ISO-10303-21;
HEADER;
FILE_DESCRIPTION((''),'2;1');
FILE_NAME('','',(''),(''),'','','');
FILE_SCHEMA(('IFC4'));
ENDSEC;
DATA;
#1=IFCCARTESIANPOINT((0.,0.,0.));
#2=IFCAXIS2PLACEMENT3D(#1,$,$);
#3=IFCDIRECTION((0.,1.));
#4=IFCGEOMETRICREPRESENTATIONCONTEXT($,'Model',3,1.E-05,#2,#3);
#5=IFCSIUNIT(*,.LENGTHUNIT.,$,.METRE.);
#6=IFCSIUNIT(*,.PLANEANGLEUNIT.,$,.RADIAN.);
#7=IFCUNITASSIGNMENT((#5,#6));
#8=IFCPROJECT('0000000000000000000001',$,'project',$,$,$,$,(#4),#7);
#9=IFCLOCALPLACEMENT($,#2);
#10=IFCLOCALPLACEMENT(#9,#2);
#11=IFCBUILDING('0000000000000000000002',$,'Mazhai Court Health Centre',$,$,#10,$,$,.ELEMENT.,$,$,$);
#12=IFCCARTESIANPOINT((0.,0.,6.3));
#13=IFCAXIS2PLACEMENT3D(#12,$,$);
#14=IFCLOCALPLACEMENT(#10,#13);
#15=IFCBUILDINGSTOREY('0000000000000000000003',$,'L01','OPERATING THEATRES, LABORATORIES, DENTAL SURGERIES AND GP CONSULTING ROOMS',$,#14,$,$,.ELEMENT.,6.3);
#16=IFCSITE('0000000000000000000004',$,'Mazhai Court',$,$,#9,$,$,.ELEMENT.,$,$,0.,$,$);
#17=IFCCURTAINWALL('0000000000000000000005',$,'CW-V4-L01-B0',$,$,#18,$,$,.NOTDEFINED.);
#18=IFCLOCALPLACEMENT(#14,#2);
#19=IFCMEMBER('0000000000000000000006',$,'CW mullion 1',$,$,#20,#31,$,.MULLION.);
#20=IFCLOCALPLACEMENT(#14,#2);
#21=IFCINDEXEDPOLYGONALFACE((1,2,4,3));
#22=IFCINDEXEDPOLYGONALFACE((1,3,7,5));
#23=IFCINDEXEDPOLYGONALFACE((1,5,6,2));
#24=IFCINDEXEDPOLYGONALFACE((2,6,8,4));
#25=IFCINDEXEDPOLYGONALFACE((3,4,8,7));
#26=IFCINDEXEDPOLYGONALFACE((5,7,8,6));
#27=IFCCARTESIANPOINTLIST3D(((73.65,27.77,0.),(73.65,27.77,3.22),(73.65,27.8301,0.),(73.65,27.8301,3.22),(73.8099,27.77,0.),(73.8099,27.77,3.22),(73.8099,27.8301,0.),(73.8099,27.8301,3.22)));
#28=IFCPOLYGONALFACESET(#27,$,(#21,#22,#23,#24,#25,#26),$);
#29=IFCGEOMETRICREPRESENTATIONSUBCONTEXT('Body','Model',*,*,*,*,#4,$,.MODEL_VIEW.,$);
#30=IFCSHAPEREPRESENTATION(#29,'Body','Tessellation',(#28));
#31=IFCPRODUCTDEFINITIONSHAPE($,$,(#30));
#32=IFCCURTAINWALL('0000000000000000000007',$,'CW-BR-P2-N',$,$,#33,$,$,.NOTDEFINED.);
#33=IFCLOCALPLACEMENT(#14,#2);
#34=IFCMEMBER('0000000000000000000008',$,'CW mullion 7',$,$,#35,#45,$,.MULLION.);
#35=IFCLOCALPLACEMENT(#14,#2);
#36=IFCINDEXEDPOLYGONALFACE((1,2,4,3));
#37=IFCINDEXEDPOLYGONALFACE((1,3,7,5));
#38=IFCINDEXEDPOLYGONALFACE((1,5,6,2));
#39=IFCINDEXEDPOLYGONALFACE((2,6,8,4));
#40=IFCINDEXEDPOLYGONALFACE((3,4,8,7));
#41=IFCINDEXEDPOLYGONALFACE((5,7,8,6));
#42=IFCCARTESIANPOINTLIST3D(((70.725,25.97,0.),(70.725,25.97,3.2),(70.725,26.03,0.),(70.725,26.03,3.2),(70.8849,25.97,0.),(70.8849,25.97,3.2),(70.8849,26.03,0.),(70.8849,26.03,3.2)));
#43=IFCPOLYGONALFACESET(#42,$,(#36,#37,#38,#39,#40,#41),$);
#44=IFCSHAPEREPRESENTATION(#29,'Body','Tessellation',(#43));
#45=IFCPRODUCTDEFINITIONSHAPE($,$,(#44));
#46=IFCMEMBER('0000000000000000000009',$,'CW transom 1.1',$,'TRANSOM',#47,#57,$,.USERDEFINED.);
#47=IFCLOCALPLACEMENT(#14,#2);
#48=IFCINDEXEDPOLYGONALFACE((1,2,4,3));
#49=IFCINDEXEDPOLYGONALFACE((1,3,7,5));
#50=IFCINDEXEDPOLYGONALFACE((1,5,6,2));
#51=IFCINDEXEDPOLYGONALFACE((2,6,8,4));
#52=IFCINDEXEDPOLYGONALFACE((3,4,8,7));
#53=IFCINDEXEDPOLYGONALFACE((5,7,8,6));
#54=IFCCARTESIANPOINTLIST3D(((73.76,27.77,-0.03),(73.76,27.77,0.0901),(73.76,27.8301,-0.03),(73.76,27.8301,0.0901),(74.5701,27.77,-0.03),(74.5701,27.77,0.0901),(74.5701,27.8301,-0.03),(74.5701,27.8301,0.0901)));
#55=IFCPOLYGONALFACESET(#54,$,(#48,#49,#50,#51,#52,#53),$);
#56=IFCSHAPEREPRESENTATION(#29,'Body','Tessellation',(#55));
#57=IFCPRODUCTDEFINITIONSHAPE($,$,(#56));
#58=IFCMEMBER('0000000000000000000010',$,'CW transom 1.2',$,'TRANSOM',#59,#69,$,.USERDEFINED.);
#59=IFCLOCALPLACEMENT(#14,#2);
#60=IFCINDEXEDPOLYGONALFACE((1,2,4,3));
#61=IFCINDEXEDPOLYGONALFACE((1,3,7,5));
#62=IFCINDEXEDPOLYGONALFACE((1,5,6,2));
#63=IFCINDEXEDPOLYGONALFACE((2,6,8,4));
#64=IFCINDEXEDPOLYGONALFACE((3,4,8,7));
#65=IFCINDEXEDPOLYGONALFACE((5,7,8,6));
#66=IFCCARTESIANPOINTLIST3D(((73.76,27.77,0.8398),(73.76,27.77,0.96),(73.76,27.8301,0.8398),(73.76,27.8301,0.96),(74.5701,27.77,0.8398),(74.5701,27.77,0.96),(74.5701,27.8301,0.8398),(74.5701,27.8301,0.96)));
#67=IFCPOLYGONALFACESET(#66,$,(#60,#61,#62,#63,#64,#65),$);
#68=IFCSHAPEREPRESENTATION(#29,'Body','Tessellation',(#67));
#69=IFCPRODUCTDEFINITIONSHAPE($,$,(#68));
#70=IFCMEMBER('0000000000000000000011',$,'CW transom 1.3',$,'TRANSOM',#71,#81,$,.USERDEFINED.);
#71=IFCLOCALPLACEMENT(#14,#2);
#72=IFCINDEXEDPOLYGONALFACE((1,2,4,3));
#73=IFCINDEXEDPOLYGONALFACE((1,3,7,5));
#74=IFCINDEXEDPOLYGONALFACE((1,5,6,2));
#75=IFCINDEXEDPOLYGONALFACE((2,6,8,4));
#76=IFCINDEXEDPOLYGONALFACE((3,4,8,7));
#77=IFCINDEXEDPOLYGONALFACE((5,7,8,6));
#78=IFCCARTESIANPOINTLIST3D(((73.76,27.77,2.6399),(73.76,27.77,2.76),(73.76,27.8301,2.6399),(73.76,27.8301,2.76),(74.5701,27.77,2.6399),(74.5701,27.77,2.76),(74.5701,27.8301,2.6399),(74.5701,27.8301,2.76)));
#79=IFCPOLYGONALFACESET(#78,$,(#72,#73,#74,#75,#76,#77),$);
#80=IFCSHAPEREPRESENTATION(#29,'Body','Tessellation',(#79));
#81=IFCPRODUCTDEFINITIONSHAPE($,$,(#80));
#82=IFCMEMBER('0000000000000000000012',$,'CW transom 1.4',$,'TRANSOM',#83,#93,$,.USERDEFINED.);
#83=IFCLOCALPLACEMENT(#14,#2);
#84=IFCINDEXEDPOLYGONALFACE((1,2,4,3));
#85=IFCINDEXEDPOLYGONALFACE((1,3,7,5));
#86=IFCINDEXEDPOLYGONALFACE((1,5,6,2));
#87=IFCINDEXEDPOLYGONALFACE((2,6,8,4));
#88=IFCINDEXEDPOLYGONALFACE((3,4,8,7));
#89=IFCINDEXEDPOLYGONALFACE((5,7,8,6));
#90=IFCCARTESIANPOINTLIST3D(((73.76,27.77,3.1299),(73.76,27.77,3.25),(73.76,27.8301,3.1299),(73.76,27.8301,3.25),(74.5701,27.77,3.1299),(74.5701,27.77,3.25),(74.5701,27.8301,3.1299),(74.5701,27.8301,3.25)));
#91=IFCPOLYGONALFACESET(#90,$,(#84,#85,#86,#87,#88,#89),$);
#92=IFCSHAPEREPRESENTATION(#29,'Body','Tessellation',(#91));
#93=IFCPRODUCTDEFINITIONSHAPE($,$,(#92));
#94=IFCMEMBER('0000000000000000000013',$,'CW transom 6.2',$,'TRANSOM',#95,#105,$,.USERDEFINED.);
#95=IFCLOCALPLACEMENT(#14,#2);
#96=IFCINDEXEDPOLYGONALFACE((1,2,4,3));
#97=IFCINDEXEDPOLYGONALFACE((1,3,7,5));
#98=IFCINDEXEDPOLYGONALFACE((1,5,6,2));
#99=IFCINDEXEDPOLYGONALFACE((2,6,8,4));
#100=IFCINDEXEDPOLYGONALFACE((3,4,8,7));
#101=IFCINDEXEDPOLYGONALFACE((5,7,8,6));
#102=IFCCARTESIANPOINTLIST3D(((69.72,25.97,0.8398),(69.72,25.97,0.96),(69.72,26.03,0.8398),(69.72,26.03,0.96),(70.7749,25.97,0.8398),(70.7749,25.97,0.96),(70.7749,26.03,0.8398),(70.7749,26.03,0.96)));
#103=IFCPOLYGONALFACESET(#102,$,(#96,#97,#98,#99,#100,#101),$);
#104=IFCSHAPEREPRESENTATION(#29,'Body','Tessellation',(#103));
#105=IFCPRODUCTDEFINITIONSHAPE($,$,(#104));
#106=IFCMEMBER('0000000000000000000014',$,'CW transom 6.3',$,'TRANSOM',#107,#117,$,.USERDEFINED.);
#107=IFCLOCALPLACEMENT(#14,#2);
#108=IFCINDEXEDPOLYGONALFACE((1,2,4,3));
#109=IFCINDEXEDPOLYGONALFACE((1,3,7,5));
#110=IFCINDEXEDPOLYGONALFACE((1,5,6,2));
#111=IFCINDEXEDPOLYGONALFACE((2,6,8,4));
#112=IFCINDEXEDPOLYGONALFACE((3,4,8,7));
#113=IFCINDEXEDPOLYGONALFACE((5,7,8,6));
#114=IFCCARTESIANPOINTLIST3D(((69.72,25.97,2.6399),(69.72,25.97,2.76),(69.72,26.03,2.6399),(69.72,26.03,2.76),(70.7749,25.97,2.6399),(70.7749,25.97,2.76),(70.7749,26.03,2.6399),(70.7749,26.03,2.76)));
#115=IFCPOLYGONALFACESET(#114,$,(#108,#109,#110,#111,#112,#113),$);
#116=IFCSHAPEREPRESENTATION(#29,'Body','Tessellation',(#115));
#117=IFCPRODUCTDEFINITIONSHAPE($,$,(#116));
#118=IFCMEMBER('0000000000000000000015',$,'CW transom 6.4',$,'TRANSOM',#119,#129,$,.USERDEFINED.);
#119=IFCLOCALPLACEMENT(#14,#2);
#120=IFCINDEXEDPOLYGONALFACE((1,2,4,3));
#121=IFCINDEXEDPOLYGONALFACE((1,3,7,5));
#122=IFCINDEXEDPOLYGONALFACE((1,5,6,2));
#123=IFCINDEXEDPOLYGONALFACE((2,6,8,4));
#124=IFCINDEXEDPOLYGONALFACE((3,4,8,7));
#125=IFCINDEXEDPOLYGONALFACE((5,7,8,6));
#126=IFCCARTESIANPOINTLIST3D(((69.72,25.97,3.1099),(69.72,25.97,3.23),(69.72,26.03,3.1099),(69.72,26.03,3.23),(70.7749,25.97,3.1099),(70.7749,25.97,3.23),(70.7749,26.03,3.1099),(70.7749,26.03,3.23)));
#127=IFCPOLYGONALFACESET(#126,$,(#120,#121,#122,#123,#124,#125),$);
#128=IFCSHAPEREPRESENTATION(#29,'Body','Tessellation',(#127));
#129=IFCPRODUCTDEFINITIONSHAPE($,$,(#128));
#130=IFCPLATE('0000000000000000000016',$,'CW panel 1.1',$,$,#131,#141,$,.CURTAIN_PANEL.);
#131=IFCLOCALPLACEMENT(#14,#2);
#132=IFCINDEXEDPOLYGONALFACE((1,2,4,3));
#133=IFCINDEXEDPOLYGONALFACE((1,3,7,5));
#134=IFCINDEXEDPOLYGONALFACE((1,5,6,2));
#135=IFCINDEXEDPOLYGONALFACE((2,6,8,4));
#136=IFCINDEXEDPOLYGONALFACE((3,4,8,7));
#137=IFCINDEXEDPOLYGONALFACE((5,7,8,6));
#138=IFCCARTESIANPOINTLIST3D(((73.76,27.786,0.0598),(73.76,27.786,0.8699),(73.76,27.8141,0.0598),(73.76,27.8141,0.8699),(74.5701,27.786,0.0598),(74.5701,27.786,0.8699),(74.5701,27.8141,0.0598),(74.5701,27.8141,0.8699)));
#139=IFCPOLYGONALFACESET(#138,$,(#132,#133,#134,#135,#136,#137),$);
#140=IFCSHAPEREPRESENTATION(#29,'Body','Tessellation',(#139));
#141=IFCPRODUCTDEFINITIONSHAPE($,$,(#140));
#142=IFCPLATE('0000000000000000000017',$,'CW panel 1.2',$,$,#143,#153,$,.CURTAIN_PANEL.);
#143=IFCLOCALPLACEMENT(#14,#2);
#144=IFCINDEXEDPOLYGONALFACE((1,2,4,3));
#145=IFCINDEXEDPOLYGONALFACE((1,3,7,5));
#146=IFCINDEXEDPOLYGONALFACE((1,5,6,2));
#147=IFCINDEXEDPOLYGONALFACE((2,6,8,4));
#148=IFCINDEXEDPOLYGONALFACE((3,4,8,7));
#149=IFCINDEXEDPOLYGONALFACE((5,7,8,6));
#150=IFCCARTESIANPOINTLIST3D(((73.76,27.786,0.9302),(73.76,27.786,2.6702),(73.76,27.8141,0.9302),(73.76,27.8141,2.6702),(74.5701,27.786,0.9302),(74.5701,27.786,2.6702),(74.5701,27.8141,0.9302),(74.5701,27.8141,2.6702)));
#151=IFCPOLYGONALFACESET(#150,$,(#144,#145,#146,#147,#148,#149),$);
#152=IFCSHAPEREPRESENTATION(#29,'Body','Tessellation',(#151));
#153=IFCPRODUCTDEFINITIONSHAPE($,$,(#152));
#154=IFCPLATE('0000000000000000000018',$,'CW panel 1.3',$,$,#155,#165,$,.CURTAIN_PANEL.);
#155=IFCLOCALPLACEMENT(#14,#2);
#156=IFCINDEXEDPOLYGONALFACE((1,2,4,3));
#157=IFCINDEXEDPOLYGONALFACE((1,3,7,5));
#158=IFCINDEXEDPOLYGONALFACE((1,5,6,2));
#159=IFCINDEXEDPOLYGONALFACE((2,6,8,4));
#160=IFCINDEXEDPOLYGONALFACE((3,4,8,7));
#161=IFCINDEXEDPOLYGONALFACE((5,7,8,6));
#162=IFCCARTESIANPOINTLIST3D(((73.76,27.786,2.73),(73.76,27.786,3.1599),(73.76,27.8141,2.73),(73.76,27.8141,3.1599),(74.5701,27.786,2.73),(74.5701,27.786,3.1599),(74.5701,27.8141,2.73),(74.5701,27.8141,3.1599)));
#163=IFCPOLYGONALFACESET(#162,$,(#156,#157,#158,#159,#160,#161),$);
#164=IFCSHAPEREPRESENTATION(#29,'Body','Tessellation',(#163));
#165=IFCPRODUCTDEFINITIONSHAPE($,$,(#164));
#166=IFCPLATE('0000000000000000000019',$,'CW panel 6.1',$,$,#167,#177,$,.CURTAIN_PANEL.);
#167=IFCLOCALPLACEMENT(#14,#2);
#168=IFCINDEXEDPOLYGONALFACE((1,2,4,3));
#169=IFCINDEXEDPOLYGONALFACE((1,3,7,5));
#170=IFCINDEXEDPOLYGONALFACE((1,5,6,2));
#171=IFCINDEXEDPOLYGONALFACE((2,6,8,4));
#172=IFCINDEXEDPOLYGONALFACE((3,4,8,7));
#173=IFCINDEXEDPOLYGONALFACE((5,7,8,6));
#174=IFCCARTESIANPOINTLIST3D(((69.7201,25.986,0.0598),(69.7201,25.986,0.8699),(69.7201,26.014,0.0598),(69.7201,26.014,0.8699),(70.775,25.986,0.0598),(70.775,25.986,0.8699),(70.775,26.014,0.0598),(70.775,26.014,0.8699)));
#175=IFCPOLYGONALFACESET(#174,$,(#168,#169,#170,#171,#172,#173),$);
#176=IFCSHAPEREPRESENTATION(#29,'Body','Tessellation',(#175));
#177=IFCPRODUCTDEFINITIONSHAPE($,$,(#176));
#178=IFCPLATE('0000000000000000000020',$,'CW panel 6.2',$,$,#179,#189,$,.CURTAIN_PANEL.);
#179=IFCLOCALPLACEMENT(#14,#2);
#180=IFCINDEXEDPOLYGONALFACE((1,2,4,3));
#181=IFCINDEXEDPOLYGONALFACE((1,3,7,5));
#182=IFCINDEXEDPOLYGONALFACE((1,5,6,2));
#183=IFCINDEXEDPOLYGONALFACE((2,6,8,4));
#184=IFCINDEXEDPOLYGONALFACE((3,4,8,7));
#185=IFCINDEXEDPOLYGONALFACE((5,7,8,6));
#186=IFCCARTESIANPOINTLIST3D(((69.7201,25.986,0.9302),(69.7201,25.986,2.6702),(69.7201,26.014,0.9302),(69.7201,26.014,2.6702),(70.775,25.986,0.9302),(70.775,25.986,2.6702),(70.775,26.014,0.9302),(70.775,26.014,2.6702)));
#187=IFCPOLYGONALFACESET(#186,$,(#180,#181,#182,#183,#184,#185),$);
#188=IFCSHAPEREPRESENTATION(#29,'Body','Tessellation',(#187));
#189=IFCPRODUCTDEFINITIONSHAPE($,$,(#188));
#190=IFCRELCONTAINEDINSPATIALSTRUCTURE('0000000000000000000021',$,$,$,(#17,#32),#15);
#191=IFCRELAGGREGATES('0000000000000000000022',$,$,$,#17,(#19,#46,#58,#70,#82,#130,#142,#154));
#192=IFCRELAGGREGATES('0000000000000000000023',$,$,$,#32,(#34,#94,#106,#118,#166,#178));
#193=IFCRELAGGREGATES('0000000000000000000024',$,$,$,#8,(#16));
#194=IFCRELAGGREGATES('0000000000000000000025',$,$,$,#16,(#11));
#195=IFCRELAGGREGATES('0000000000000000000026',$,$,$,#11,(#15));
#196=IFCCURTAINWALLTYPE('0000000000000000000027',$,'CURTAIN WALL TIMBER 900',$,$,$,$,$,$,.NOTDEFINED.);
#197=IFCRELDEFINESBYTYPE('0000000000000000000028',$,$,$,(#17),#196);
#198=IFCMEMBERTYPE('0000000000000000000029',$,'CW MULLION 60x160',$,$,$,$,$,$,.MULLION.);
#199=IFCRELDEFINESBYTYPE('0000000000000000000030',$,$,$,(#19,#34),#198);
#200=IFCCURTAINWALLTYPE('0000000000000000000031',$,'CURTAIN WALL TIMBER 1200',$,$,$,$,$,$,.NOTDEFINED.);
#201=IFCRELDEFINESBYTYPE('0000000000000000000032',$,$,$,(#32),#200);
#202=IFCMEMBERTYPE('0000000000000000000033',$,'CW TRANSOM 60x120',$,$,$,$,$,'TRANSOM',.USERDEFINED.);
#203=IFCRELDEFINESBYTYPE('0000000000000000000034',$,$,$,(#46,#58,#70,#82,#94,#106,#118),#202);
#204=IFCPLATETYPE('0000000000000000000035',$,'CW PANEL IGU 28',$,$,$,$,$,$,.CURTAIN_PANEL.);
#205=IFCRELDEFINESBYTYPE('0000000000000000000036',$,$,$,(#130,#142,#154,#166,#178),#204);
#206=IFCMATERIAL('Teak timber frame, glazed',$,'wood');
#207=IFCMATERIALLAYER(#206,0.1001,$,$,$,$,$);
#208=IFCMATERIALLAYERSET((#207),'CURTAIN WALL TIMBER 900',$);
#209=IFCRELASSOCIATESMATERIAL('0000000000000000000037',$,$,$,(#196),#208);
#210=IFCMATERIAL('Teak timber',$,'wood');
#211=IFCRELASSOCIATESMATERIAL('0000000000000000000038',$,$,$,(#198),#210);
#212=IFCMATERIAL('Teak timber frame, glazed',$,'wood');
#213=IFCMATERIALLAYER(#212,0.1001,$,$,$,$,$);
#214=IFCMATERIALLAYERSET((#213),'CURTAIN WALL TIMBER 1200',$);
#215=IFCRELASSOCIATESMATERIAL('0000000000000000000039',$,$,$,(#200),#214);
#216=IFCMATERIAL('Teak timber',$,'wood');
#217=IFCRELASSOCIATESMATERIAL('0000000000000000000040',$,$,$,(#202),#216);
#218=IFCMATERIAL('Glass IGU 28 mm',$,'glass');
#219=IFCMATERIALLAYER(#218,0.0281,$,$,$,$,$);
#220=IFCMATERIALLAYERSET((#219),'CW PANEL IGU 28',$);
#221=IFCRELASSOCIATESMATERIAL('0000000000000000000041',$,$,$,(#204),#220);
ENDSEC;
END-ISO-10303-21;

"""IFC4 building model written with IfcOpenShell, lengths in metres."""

from ifc_helpers import new_model, si_unit, direction, frame, origin, origin_2d, place, context, subcontext, project, spatial, rectangle, extrude, material, layer, layer_set, material_profile, profile_set, type_object, element, aggregate, save


model = new_model("IFC4")

# Units and contexts
model_context = context("Model", 3, precision=1e-05, world=origin(), true_north=direction((0.0, 1.0)))
body_context = subcontext(model_context, "Body", "Model", "MODEL_VIEW")
ifc_project = project(units=[si_unit("LENGTHUNIT", "METRE"), si_unit("PLANEANGLEUNIT", "RADIAN")], contexts=[model_context])

# Site, building, storey
site_placement = place(None, origin())
site = spatial("IfcSite", under=ifc_project, at=site_placement, Name="Mazhai Court", CompositionType="ELEMENT", RefElevation=0.0)
building_placement = place(site_placement, origin())
building = spatial("IfcBuilding", under=site, at=building_placement, Name="Mazhai Court Health Centre", CompositionType="ELEMENT")
storey_placement = place(building_placement, frame((0.0, 0.0, 6.3)))
storey = spatial("IfcBuildingStorey", under=building, at=storey_placement, Name="L01", Description="OPERATING THEATRES, LABORATORIES, DENTAL SURGERIES AND GP CONSULTING ROOMS", CompositionType="ELEMENT", Elevation=6.3)

# Curtain walls, members
ifc_material_1 = material(Name="Teak timber frame, glazed", Category="wood")
ifc_layer_1 = layer(ifc_material_1, 0.1001)
ifc_layer_set_1 = layer_set([ifc_layer_1], Name="CURTAIN WALL TIMBER 900")
curtain_wall_type_1 = type_object("IfcCurtainWallType", Name="CURTAIN WALL TIMBER 900", PredefinedType="NOTDEFINED", material=ifc_layer_set_1)
curtain_wall_1_placement = place(storey_placement, origin())
curtain_wall_1 = element("IfcCurtainWall", 1, at=curtain_wall_1_placement, inside=storey, type_object=curtain_wall_type_1, Name="CW-V4-L01-B0", PredefinedType="NOTDEFINED")
ifc_material_2 = material(Name="Teak timber", Category="wood")
ifc_material_profile_1 = material_profile(ifc_material_2, rectangle(XDim=0.0601, YDim=0.1599, at=origin_2d()), Name="CW MULLION 60x160")
ifc_profile_set_1 = profile_set([ifc_material_profile_1], Name="Teak timber")
member_type_1 = type_object("IfcMemberType", Name="CW MULLION 60x160", PredefinedType="MULLION", material=ifc_profile_set_1)
member_1_placement = place(storey_placement, frame((73.73, 27.8, 0.0), z_axis=(0.0, 0.0, 1.0), x_axis=(0.0, 1.0, 0.0)))
member_1 = element("IfcMember", 2, at=member_1_placement, type_object=member_type_1, Name="CW mullion 1", PredefinedType="MULLION", context=body_context, shape_type="SweptSolid", body=[
    extrude(rectangle(XDim=0.0601, YDim=0.1599, at=origin_2d()), origin(), (0.0, 0.0, 1.0), 3.22),
])
ifc_material_3 = material(Name="Teak timber frame, glazed", Category="wood")
ifc_layer_2 = layer(ifc_material_3, 0.1001)
ifc_layer_set_2 = layer_set([ifc_layer_2], Name="CURTAIN WALL TIMBER 1200")
curtain_wall_type_2 = type_object("IfcCurtainWallType", Name="CURTAIN WALL TIMBER 1200", PredefinedType="NOTDEFINED", material=ifc_layer_set_2)
curtain_wall_2_placement = place(storey_placement, origin())
curtain_wall_2 = element("IfcCurtainWall", 3, at=curtain_wall_2_placement, inside=storey, type_object=curtain_wall_type_2, Name="CW-BR-P2-N", PredefinedType="NOTDEFINED")
member_2_placement = place(storey_placement, frame((70.8049, 26.0, 0.0), z_axis=(0.0, 0.0, 1.0), x_axis=(0.0, 1.0, 0.0)))
member_2 = element("IfcMember", 4, at=member_2_placement, type_object=member_type_1, Name="CW mullion 7", PredefinedType="MULLION", context=body_context, shape_type="SweptSolid", body=[
    extrude(rectangle(XDim=0.0601, YDim=0.1599, at=origin_2d()), origin(), (0.0, 0.0, 1.0), 3.2),
])

# Members
ifc_material_4 = material(Name="Teak timber", Category="wood")
ifc_material_profile_2 = material_profile(ifc_material_4, rectangle(XDim=0.0601, YDim=0.1201, at=origin_2d()), Name="CW TRANSOM 60x120")
ifc_profile_set_2 = profile_set([ifc_material_profile_2], Name="Teak timber")
member_type_2 = type_object("IfcMemberType", Name="CW TRANSOM 60x120", ElementType="TRANSOM", PredefinedType="USERDEFINED", material=ifc_profile_set_2)
member_3_placement = place(storey_placement, frame((73.76, 27.8, 0.03), z_axis=(1.0, 0.0, 0.0), x_axis=(0.0, 1.0, 0.0)))
member_3 = element("IfcMember", 5, at=member_3_placement, type_object=member_type_2, Name="CW transom 1.1", ObjectType="TRANSOM", PredefinedType="USERDEFINED", context=body_context, shape_type="SweptSolid", body=[
    extrude(rectangle(XDim=0.0601, YDim=0.1201, at=origin_2d()), origin(), (0.0, 0.0, 1.0), 0.8101),
])
member_4_placement = place(storey_placement, frame((73.76, 27.8, 0.8999), z_axis=(1.0, 0.0, 0.0), x_axis=(0.0, 1.0, 0.0)))
member_4 = element("IfcMember", 6, at=member_4_placement, type_object=member_type_2, Name="CW transom 1.2", ObjectType="TRANSOM", PredefinedType="USERDEFINED", context=body_context, shape_type="SweptSolid", body=[
    extrude(rectangle(XDim=0.0601, YDim=0.1201, at=origin_2d()), origin(), (0.0, 0.0, 1.0), 0.8101),
])
member_5_placement = place(storey_placement, frame((73.76, 27.8, 2.7), z_axis=(1.0, 0.0, 0.0), x_axis=(0.0, 1.0, 0.0)))
member_5 = element("IfcMember", 7, at=member_5_placement, type_object=member_type_2, Name="CW transom 1.3", ObjectType="TRANSOM", PredefinedType="USERDEFINED", context=body_context, shape_type="SweptSolid", body=[
    extrude(rectangle(XDim=0.0601, YDim=0.1201, at=origin_2d()), origin(), (0.0, 0.0, 1.0), 0.8101),
])
member_6_placement = place(storey_placement, frame((73.76, 27.8, 3.1899), z_axis=(1.0, 0.0, 0.0), x_axis=(0.0, 1.0, 0.0)))
member_6 = element("IfcMember", 8, at=member_6_placement, type_object=member_type_2, Name="CW transom 1.4", ObjectType="TRANSOM", PredefinedType="USERDEFINED", context=body_context, shape_type="SweptSolid", body=[
    extrude(rectangle(XDim=0.0601, YDim=0.1201, at=origin_2d()), origin(), (0.0, 0.0, 1.0), 0.8101),
])
member_7_placement = place(storey_placement, frame((69.72, 26.0, 0.8999), z_axis=(1.0, 0.0, 0.0), x_axis=(0.0, 1.0, 0.0)))
member_7 = element("IfcMember", 9, at=member_7_placement, type_object=member_type_2, Name="CW transom 6.2", ObjectType="TRANSOM", PredefinedType="USERDEFINED", context=body_context, shape_type="SweptSolid", body=[
    extrude(rectangle(XDim=0.0601, YDim=0.1201, at=origin_2d()), origin(), (0.0, 0.0, 1.0), 1.0549),
])
member_8_placement = place(storey_placement, frame((69.72, 26.0, 2.7), z_axis=(1.0, 0.0, 0.0), x_axis=(0.0, 1.0, 0.0)))
member_8 = element("IfcMember", 10, at=member_8_placement, type_object=member_type_2, Name="CW transom 6.3", ObjectType="TRANSOM", PredefinedType="USERDEFINED", context=body_context, shape_type="SweptSolid", body=[
    extrude(rectangle(XDim=0.0601, YDim=0.1201, at=origin_2d()), origin(), (0.0, 0.0, 1.0), 1.0549),
])
member_9_placement = place(storey_placement, frame((69.72, 26.0, 3.1699), z_axis=(1.0, 0.0, 0.0), x_axis=(0.0, 1.0, 0.0)))
member_9 = element("IfcMember", 11, at=member_9_placement, type_object=member_type_2, Name="CW transom 6.4", ObjectType="TRANSOM", PredefinedType="USERDEFINED", context=body_context, shape_type="SweptSolid", body=[
    extrude(rectangle(XDim=0.0601, YDim=0.1201, at=origin_2d()), origin(), (0.0, 0.0, 1.0), 1.0549),
])

# Plates
ifc_material_5 = material(Name="Glass IGU 28 mm", Category="glass")
ifc_layer_3 = layer(ifc_material_5, 0.0281)
ifc_layer_set_3 = layer_set([ifc_layer_3], Name="CW PANEL IGU 28")
plate_type = type_object("IfcPlateType", Name="CW PANEL IGU 28", PredefinedType="CURTAIN_PANEL", material=ifc_layer_set_3)
plate_1_placement = place(storey_placement, frame((74.165, 27.8, 0.0598), z_axis=(0.0, 0.0, 1.0), x_axis=(1.0, 0.0, 0.0)))
plate_1 = element("IfcPlate", 12, at=plate_1_placement, type_object=plate_type, Name="CW panel 1.1", PredefinedType="CURTAIN_PANEL", context=body_context, shape_type="SweptSolid", body=[
    extrude(rectangle(XDim=0.8101, YDim=0.0281, at=origin_2d()), origin(), (0.0, 0.0, 1.0), 0.8101),
])
plate_2_placement = place(storey_placement, frame((74.165, 27.8, 0.9302), z_axis=(0.0, 0.0, 1.0), x_axis=(1.0, 0.0, 0.0)))
plate_2 = element("IfcPlate", 13, at=plate_2_placement, type_object=plate_type, Name="CW panel 1.2", PredefinedType="CURTAIN_PANEL", context=body_context, shape_type="SweptSolid", body=[
    extrude(rectangle(XDim=0.8101, YDim=0.0281, at=origin_2d()), origin(), (0.0, 0.0, 1.0), 1.74),
])
plate_3_placement = place(storey_placement, frame((74.165, 27.8, 2.73), z_axis=(0.0, 0.0, 1.0), x_axis=(1.0, 0.0, 0.0)))
plate_3 = element("IfcPlate", 14, at=plate_3_placement, type_object=plate_type, Name="CW panel 1.3", PredefinedType="CURTAIN_PANEL", context=body_context, shape_type="SweptSolid", body=[
    extrude(rectangle(XDim=0.8101, YDim=0.0281, at=origin_2d()), origin(), (0.0, 0.0, 1.0), 0.4299),
])
aggregate(curtain_wall_1, [member_1, member_3, member_4, member_5, member_6, plate_1, plate_2, plate_3])
plate_4_placement = place(storey_placement, frame((70.2476, 26.0, 0.0598), z_axis=(0.0, 0.0, 1.0), x_axis=(1.0, 0.0, 0.0)))
plate_4 = element("IfcPlate", 15, at=plate_4_placement, type_object=plate_type, Name="CW panel 6.1", PredefinedType="CURTAIN_PANEL", context=body_context, shape_type="SweptSolid", body=[
    extrude(rectangle(XDim=1.0549, YDim=0.0281, at=origin_2d()), origin(), (0.0, 0.0, 1.0), 0.8101),
])
plate_5_placement = place(storey_placement, frame((70.2476, 26.0, 0.9302), z_axis=(0.0, 0.0, 1.0), x_axis=(1.0, 0.0, 0.0)))
plate_5 = element("IfcPlate", 16, at=plate_5_placement, type_object=plate_type, Name="CW panel 6.2", PredefinedType="CURTAIN_PANEL", context=body_context, shape_type="SweptSolid", body=[
    extrude(rectangle(XDim=1.0549, YDim=0.0281, at=origin_2d()), origin(), (0.0, 0.0, 1.0), 1.74),
])
aggregate(curtain_wall_2, [member_2, member_7, member_8, member_9, plate_4, plate_5])

save(model, "model.ifc")
